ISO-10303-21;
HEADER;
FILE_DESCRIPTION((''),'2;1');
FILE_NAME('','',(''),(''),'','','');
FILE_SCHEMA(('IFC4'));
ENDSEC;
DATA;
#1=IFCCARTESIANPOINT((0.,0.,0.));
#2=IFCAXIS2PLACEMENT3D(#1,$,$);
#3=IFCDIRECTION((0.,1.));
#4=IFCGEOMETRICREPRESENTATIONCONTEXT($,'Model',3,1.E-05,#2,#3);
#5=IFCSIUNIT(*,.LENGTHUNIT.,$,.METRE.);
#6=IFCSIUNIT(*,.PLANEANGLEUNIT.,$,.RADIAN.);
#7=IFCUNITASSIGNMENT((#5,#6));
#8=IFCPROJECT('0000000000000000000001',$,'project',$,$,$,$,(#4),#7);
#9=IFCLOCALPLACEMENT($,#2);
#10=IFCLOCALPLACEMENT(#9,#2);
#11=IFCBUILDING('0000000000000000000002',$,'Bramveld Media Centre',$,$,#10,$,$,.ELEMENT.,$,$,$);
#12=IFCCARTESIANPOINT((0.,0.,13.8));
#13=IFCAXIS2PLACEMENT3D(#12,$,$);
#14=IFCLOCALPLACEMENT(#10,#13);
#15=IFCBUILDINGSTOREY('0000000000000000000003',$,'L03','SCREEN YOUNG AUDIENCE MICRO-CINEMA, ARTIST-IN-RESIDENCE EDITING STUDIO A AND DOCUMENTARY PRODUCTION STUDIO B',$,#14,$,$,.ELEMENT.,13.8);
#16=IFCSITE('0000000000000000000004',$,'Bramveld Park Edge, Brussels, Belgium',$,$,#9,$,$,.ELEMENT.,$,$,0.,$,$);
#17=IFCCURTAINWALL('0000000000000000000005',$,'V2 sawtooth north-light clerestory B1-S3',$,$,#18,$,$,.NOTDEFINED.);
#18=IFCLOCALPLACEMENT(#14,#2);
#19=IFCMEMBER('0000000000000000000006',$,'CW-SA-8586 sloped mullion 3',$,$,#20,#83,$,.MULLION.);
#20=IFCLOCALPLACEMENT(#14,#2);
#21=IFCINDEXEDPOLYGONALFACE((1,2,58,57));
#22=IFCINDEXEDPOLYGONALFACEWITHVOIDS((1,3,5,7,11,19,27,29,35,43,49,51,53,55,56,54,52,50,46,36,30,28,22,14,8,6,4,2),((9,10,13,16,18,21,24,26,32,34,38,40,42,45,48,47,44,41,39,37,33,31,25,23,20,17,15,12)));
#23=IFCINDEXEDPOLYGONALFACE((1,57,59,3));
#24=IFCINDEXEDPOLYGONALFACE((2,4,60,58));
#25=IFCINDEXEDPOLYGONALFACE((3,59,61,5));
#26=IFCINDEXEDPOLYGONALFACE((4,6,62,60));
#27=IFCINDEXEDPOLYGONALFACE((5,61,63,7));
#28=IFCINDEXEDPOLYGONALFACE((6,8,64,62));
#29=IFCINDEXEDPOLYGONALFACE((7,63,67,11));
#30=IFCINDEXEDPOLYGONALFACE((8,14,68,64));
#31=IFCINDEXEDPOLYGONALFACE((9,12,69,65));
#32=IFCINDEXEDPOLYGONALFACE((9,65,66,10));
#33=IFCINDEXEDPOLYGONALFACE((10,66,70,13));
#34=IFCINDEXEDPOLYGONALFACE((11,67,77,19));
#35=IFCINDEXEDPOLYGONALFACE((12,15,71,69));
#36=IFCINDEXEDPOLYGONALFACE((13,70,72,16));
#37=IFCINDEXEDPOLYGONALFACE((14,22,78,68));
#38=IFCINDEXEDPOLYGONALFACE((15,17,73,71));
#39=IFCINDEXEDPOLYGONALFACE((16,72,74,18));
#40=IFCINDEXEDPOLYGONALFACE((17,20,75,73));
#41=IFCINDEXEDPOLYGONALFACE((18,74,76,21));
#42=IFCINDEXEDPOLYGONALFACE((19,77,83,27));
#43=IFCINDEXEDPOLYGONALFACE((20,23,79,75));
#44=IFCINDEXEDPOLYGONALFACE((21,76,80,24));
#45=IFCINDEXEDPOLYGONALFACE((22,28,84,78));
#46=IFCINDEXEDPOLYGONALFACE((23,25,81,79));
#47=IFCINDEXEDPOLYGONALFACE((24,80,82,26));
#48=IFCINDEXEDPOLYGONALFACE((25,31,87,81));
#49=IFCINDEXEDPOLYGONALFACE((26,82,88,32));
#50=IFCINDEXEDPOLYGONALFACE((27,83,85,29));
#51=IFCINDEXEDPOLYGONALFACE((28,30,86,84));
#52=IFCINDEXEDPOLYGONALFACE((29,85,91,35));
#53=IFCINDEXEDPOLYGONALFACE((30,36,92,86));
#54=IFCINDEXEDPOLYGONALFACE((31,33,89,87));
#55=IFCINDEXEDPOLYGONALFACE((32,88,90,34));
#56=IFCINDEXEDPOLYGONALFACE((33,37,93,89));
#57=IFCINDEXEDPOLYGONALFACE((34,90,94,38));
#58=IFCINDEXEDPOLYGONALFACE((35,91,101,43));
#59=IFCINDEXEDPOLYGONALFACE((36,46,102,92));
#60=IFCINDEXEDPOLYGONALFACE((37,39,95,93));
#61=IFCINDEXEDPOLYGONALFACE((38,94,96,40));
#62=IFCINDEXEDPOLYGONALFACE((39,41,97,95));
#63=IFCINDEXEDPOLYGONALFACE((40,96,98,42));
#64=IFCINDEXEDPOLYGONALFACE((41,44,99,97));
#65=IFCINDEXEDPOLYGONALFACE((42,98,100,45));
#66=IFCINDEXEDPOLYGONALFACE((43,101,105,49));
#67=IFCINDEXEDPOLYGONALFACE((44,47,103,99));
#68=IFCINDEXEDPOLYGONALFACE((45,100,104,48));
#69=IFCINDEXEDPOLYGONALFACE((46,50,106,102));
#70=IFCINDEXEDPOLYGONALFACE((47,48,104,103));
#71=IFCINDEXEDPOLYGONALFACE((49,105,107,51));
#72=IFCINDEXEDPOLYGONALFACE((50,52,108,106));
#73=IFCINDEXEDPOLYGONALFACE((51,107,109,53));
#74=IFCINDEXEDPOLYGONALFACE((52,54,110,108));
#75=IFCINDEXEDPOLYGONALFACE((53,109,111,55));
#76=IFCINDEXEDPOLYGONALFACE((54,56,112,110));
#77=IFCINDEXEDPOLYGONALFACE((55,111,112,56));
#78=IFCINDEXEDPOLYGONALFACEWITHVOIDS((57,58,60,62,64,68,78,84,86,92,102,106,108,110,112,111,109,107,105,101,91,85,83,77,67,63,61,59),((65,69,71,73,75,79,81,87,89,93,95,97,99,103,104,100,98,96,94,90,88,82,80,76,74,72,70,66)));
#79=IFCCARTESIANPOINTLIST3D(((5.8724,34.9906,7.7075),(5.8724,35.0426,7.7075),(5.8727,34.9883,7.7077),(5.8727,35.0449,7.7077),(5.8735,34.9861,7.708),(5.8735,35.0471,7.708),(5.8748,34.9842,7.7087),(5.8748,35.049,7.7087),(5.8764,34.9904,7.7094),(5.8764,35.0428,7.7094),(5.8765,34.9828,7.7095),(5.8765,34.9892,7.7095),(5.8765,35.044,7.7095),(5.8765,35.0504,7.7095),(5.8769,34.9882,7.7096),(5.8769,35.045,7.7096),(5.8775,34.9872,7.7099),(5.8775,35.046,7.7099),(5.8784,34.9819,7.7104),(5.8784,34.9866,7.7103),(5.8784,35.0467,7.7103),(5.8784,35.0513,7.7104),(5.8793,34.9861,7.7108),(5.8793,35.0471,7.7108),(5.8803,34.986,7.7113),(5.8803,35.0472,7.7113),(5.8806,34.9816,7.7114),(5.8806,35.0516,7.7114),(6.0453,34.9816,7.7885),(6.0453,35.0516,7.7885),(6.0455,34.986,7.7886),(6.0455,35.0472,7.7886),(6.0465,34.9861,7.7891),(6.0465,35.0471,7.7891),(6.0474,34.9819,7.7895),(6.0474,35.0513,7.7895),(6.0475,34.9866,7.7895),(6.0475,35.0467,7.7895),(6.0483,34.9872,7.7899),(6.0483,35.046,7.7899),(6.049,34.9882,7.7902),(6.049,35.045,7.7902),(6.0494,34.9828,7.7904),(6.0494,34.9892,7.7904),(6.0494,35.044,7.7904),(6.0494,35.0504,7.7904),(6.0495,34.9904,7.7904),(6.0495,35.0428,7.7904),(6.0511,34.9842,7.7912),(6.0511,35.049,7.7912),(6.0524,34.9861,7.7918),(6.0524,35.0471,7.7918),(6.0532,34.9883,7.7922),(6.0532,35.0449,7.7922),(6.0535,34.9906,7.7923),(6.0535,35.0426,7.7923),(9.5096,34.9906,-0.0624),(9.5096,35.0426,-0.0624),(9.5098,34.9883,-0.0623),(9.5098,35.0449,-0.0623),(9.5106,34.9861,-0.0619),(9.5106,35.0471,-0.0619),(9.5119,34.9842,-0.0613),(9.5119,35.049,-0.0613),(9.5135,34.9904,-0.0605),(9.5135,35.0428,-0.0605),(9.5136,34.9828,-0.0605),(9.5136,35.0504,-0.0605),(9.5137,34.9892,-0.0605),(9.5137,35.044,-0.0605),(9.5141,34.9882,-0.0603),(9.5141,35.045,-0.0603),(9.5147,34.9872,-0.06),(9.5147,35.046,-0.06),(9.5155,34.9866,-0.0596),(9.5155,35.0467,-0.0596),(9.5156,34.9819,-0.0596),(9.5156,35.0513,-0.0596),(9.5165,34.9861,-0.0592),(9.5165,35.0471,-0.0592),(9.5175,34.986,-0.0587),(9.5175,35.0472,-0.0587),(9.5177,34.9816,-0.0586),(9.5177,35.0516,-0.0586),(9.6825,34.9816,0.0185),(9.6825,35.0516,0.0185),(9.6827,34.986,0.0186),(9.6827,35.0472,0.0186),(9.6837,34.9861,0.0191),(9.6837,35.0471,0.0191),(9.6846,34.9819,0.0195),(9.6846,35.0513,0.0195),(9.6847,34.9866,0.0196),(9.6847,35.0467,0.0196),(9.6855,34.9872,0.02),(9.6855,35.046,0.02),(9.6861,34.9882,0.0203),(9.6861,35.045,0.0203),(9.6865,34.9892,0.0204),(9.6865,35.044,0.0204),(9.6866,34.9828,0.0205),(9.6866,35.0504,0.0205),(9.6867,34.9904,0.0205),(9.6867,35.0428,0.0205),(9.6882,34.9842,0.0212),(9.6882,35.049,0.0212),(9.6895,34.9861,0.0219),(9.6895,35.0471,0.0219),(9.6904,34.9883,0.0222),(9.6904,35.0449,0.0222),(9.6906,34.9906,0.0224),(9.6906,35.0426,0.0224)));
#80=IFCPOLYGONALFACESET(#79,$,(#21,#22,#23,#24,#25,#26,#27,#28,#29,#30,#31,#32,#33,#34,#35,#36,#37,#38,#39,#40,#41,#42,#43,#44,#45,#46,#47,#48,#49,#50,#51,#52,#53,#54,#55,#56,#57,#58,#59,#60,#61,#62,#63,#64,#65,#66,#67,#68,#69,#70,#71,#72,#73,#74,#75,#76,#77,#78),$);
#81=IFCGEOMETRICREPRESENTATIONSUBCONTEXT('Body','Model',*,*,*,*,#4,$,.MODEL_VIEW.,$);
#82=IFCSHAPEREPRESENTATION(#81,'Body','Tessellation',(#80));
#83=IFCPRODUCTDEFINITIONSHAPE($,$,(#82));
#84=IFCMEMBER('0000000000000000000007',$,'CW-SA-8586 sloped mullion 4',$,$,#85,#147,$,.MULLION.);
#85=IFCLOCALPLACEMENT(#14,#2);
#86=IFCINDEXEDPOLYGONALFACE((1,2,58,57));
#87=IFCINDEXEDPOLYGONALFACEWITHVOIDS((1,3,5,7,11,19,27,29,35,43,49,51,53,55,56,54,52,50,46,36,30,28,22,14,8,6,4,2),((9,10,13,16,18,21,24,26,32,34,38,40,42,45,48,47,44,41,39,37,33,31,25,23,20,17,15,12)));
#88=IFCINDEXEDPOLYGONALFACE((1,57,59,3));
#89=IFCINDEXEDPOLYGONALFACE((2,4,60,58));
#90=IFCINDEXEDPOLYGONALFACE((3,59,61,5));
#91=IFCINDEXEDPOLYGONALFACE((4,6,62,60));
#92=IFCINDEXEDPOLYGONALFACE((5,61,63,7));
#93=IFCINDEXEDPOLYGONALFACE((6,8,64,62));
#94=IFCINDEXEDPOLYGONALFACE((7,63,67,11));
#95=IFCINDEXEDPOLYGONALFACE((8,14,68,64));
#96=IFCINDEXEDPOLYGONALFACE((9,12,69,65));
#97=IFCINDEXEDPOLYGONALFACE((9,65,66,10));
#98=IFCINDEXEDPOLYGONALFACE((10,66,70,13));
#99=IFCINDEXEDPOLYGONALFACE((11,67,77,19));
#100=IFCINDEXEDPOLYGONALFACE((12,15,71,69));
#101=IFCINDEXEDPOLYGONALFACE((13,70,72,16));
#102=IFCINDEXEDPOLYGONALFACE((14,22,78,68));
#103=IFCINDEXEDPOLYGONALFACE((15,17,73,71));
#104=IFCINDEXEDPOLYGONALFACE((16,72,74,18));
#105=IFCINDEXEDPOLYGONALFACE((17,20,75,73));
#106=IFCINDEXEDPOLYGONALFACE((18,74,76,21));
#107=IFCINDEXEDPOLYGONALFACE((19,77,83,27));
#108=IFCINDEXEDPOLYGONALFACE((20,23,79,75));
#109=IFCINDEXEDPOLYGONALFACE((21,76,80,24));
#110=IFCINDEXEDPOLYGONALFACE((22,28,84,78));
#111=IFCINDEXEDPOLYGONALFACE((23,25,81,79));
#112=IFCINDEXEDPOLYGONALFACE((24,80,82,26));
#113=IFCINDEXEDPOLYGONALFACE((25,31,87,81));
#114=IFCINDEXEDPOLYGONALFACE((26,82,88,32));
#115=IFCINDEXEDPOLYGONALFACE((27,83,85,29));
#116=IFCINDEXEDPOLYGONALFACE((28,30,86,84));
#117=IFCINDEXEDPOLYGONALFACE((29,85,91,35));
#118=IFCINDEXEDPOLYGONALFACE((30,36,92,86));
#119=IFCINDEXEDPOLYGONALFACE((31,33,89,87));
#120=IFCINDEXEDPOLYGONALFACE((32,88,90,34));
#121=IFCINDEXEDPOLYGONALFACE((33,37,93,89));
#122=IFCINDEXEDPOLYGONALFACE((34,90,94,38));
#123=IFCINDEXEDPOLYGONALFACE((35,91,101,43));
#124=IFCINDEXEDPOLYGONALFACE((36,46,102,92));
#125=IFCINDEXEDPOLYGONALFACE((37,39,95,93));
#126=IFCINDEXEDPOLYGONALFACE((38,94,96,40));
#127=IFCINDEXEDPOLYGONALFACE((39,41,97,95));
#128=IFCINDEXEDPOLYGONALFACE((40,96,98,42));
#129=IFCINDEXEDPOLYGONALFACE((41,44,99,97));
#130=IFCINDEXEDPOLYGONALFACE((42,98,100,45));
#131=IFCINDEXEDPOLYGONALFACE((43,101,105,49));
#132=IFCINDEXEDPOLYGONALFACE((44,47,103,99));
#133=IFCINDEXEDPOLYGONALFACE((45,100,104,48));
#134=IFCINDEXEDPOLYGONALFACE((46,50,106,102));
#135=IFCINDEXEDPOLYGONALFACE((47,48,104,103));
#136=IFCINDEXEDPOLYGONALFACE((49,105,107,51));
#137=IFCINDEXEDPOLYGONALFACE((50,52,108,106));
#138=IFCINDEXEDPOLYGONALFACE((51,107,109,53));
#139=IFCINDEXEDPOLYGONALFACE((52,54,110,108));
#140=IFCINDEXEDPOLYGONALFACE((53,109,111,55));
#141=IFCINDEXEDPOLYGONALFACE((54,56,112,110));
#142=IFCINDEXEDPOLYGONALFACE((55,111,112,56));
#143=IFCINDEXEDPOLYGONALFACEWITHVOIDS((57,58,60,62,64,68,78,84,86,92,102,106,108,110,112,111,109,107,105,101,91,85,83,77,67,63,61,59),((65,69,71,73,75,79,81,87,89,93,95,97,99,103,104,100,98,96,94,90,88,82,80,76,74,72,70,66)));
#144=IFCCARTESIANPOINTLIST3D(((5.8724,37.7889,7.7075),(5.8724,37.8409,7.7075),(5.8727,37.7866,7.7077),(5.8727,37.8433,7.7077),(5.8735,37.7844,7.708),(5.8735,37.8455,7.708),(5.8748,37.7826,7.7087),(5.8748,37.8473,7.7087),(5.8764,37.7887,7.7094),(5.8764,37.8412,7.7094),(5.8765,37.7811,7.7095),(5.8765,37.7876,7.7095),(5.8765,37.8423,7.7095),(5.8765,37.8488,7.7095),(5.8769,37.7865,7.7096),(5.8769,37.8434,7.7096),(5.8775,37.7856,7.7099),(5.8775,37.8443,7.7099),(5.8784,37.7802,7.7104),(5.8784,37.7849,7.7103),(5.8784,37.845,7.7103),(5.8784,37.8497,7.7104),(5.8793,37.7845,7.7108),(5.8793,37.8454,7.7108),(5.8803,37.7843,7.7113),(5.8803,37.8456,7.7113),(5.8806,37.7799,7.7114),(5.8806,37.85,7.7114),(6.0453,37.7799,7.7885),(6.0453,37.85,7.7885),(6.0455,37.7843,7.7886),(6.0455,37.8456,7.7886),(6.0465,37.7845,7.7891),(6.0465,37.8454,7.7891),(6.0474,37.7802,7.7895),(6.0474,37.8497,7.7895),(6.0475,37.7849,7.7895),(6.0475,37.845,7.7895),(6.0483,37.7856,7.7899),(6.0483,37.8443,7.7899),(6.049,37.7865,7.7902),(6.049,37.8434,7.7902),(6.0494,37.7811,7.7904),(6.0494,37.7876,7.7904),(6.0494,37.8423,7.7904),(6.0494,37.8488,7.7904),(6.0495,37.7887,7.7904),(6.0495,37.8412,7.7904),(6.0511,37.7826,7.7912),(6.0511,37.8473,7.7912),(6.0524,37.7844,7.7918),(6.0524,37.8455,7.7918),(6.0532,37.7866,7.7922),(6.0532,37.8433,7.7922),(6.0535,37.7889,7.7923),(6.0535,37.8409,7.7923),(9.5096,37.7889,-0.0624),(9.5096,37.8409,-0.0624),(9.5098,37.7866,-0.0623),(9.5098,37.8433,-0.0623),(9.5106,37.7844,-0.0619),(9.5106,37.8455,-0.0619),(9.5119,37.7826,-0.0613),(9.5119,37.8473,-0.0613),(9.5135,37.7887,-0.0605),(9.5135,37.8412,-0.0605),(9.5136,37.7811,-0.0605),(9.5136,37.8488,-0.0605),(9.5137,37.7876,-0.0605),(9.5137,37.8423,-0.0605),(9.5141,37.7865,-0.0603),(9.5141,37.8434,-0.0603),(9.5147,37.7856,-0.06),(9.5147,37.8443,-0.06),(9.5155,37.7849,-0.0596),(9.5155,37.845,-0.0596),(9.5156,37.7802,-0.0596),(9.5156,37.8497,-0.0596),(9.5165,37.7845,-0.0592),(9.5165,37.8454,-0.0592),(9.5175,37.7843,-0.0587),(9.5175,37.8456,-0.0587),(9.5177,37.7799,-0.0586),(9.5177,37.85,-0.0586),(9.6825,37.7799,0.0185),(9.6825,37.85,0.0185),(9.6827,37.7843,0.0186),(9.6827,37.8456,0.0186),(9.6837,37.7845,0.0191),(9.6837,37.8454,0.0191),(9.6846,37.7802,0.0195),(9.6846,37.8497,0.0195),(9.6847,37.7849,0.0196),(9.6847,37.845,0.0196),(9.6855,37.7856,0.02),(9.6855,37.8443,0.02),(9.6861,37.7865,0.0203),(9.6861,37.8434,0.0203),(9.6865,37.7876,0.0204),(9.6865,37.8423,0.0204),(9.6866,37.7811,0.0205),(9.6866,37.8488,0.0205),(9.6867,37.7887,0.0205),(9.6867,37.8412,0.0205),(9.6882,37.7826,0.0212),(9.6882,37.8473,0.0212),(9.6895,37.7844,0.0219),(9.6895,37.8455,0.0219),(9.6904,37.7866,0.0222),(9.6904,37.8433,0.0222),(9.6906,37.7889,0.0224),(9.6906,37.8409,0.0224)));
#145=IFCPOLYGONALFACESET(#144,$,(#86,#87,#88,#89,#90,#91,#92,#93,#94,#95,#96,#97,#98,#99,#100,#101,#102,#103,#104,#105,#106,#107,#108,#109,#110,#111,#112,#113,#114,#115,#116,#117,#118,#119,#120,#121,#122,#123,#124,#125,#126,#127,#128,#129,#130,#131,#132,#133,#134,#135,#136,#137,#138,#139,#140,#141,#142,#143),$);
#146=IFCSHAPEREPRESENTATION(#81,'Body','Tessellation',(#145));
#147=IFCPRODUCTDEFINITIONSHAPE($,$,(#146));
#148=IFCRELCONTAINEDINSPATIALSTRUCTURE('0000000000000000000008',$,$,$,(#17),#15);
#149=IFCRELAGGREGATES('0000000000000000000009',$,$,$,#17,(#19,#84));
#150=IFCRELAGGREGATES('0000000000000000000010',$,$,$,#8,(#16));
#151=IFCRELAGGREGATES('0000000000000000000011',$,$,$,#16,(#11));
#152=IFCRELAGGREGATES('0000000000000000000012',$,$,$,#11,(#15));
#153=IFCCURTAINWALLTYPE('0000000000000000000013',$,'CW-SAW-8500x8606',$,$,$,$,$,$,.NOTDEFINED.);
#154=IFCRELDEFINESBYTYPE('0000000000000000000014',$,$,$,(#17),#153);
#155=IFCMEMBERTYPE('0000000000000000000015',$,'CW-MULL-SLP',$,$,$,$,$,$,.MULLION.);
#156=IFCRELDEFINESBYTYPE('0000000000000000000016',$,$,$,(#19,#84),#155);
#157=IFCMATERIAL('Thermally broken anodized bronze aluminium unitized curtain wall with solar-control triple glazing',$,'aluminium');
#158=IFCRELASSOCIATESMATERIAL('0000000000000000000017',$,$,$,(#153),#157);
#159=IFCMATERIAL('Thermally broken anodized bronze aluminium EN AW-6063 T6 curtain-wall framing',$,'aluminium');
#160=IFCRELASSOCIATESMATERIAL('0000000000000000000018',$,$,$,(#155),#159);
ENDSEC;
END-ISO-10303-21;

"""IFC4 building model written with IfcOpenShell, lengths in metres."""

from ifc_helpers import new_model, si_unit, direction, frame, origin, origin_2d, place, context, subcontext, project, spatial, hollow_rectangle, extrude, material, material_profile, profile_set, type_object, element, aggregate, save


model = new_model("IFC4")

# Units and contexts
model_context = context("Model", 3, precision=1e-05, world=origin(), true_north=direction((0.0, 1.0)))
body_context = subcontext(model_context, "Body", "Model", "MODEL_VIEW")
ifc_project = project(units=[si_unit("LENGTHUNIT", "METRE"), si_unit("PLANEANGLEUNIT", "RADIAN")], contexts=[model_context])

# Site, building, storey
site_placement = place(None, origin())
site = spatial("IfcSite", under=ifc_project, at=site_placement, Name="Bramveld Park Edge, Brussels, Belgium", CompositionType="ELEMENT", RefElevation=0.0)
building_placement = place(site_placement, origin())
building = spatial("IfcBuilding", under=site, at=building_placement, Name="Bramveld Media Centre", CompositionType="ELEMENT")
storey_placement = place(building_placement, frame((0.0, 0.0, 13.8)))
storey = spatial("IfcBuildingStorey", under=building, at=storey_placement, Name="L03", Description="SCREEN YOUNG AUDIENCE MICRO-CINEMA, ARTIST-IN-RESIDENCE EDITING STUDIO A AND DOCUMENTARY PRODUCTION STUDIO B", CompositionType="ELEMENT", Elevation=13.8)

# Curtain wall, members
ifc_material_1 = material(Name="Thermally broken anodized bronze aluminium unitized curtain wall with solar-control triple glazing", Category="aluminium")
curtain_wall_type = type_object("IfcCurtainWallType", Name="CW-SAW-8500x8606", PredefinedType="NOTDEFINED", material=ifc_material_1)
curtain_wall_1_placement = place(storey_placement, origin())
curtain_wall_1 = element("IfcCurtainWall", 1, at=curtain_wall_1_placement, inside=storey, type_object=curtain_wall_type, Name="V2 sawtooth north-light clerestory B1-S3", PredefinedType="NOTDEFINED")
ifc_material_2 = material(Name="Thermally broken anodized bronze aluminium EN AW-6063 T6 curtain-wall framing", Category="aluminium")
ifc_material_profile_1 = material_profile(ifc_material_2, hollow_rectangle(XDim=0.0701, YDim=0.2, WallThickness=0.0044, InnerFilletRadius=0.0044, OuterFilletRadius=0.009, at=origin_2d()), Name="AL-MULL 70x200")
ifc_profile_set_1 = profile_set([ifc_material_profile_1], Name="Thermally broken anodized bronze aluminium EN AW-6063 T6 curtain-wall framing")
member_type_1 = type_object("IfcMemberType", Name="CW-MULL-SLP", PredefinedType="MULLION", material=ifc_profile_set_1)
member_1_placement = place(storey_placement, frame((9.6001, 35.0166, -0.02), z_axis=(-0.423957, 0.0, 0.905682), x_axis=(0.0, -1.0, 0.0)))
member_1 = element("IfcMember", 2, at=member_1_placement, type_object=member_type_1, Name="CW-SA-8586 sloped mullion 3", PredefinedType="MULLION", context=body_context, shape_type="SweptSolid", body=[
    extrude(hollow_rectangle(XDim=0.0701, YDim=0.2, WallThickness=0.0044, InnerFilletRadius=0.0044, OuterFilletRadius=0.009, at=origin_2d()), origin(), (0.0, 0.0, 1.0), 8.5791),
])
member_2_placement = place(storey_placement, frame((9.6001, 37.8149, -0.02), z_axis=(-0.423957, 0.0, 0.905682), x_axis=(0.0, -1.0, 0.0)))
member_2 = element("IfcMember", 3, at=member_2_placement, type_object=member_type_1, Name="CW-SA-8586 sloped mullion 4", PredefinedType="MULLION", context=body_context, shape_type="SweptSolid", body=[
    extrude(hollow_rectangle(XDim=0.0701, YDim=0.2, WallThickness=0.0044, InnerFilletRadius=0.0044, OuterFilletRadius=0.009, at=origin_2d()), origin(), (0.0, 0.0, 1.0), 8.5791),
])

aggregate(curtain_wall_1, [member_1, member_2])

save(model, "model.ifc")
